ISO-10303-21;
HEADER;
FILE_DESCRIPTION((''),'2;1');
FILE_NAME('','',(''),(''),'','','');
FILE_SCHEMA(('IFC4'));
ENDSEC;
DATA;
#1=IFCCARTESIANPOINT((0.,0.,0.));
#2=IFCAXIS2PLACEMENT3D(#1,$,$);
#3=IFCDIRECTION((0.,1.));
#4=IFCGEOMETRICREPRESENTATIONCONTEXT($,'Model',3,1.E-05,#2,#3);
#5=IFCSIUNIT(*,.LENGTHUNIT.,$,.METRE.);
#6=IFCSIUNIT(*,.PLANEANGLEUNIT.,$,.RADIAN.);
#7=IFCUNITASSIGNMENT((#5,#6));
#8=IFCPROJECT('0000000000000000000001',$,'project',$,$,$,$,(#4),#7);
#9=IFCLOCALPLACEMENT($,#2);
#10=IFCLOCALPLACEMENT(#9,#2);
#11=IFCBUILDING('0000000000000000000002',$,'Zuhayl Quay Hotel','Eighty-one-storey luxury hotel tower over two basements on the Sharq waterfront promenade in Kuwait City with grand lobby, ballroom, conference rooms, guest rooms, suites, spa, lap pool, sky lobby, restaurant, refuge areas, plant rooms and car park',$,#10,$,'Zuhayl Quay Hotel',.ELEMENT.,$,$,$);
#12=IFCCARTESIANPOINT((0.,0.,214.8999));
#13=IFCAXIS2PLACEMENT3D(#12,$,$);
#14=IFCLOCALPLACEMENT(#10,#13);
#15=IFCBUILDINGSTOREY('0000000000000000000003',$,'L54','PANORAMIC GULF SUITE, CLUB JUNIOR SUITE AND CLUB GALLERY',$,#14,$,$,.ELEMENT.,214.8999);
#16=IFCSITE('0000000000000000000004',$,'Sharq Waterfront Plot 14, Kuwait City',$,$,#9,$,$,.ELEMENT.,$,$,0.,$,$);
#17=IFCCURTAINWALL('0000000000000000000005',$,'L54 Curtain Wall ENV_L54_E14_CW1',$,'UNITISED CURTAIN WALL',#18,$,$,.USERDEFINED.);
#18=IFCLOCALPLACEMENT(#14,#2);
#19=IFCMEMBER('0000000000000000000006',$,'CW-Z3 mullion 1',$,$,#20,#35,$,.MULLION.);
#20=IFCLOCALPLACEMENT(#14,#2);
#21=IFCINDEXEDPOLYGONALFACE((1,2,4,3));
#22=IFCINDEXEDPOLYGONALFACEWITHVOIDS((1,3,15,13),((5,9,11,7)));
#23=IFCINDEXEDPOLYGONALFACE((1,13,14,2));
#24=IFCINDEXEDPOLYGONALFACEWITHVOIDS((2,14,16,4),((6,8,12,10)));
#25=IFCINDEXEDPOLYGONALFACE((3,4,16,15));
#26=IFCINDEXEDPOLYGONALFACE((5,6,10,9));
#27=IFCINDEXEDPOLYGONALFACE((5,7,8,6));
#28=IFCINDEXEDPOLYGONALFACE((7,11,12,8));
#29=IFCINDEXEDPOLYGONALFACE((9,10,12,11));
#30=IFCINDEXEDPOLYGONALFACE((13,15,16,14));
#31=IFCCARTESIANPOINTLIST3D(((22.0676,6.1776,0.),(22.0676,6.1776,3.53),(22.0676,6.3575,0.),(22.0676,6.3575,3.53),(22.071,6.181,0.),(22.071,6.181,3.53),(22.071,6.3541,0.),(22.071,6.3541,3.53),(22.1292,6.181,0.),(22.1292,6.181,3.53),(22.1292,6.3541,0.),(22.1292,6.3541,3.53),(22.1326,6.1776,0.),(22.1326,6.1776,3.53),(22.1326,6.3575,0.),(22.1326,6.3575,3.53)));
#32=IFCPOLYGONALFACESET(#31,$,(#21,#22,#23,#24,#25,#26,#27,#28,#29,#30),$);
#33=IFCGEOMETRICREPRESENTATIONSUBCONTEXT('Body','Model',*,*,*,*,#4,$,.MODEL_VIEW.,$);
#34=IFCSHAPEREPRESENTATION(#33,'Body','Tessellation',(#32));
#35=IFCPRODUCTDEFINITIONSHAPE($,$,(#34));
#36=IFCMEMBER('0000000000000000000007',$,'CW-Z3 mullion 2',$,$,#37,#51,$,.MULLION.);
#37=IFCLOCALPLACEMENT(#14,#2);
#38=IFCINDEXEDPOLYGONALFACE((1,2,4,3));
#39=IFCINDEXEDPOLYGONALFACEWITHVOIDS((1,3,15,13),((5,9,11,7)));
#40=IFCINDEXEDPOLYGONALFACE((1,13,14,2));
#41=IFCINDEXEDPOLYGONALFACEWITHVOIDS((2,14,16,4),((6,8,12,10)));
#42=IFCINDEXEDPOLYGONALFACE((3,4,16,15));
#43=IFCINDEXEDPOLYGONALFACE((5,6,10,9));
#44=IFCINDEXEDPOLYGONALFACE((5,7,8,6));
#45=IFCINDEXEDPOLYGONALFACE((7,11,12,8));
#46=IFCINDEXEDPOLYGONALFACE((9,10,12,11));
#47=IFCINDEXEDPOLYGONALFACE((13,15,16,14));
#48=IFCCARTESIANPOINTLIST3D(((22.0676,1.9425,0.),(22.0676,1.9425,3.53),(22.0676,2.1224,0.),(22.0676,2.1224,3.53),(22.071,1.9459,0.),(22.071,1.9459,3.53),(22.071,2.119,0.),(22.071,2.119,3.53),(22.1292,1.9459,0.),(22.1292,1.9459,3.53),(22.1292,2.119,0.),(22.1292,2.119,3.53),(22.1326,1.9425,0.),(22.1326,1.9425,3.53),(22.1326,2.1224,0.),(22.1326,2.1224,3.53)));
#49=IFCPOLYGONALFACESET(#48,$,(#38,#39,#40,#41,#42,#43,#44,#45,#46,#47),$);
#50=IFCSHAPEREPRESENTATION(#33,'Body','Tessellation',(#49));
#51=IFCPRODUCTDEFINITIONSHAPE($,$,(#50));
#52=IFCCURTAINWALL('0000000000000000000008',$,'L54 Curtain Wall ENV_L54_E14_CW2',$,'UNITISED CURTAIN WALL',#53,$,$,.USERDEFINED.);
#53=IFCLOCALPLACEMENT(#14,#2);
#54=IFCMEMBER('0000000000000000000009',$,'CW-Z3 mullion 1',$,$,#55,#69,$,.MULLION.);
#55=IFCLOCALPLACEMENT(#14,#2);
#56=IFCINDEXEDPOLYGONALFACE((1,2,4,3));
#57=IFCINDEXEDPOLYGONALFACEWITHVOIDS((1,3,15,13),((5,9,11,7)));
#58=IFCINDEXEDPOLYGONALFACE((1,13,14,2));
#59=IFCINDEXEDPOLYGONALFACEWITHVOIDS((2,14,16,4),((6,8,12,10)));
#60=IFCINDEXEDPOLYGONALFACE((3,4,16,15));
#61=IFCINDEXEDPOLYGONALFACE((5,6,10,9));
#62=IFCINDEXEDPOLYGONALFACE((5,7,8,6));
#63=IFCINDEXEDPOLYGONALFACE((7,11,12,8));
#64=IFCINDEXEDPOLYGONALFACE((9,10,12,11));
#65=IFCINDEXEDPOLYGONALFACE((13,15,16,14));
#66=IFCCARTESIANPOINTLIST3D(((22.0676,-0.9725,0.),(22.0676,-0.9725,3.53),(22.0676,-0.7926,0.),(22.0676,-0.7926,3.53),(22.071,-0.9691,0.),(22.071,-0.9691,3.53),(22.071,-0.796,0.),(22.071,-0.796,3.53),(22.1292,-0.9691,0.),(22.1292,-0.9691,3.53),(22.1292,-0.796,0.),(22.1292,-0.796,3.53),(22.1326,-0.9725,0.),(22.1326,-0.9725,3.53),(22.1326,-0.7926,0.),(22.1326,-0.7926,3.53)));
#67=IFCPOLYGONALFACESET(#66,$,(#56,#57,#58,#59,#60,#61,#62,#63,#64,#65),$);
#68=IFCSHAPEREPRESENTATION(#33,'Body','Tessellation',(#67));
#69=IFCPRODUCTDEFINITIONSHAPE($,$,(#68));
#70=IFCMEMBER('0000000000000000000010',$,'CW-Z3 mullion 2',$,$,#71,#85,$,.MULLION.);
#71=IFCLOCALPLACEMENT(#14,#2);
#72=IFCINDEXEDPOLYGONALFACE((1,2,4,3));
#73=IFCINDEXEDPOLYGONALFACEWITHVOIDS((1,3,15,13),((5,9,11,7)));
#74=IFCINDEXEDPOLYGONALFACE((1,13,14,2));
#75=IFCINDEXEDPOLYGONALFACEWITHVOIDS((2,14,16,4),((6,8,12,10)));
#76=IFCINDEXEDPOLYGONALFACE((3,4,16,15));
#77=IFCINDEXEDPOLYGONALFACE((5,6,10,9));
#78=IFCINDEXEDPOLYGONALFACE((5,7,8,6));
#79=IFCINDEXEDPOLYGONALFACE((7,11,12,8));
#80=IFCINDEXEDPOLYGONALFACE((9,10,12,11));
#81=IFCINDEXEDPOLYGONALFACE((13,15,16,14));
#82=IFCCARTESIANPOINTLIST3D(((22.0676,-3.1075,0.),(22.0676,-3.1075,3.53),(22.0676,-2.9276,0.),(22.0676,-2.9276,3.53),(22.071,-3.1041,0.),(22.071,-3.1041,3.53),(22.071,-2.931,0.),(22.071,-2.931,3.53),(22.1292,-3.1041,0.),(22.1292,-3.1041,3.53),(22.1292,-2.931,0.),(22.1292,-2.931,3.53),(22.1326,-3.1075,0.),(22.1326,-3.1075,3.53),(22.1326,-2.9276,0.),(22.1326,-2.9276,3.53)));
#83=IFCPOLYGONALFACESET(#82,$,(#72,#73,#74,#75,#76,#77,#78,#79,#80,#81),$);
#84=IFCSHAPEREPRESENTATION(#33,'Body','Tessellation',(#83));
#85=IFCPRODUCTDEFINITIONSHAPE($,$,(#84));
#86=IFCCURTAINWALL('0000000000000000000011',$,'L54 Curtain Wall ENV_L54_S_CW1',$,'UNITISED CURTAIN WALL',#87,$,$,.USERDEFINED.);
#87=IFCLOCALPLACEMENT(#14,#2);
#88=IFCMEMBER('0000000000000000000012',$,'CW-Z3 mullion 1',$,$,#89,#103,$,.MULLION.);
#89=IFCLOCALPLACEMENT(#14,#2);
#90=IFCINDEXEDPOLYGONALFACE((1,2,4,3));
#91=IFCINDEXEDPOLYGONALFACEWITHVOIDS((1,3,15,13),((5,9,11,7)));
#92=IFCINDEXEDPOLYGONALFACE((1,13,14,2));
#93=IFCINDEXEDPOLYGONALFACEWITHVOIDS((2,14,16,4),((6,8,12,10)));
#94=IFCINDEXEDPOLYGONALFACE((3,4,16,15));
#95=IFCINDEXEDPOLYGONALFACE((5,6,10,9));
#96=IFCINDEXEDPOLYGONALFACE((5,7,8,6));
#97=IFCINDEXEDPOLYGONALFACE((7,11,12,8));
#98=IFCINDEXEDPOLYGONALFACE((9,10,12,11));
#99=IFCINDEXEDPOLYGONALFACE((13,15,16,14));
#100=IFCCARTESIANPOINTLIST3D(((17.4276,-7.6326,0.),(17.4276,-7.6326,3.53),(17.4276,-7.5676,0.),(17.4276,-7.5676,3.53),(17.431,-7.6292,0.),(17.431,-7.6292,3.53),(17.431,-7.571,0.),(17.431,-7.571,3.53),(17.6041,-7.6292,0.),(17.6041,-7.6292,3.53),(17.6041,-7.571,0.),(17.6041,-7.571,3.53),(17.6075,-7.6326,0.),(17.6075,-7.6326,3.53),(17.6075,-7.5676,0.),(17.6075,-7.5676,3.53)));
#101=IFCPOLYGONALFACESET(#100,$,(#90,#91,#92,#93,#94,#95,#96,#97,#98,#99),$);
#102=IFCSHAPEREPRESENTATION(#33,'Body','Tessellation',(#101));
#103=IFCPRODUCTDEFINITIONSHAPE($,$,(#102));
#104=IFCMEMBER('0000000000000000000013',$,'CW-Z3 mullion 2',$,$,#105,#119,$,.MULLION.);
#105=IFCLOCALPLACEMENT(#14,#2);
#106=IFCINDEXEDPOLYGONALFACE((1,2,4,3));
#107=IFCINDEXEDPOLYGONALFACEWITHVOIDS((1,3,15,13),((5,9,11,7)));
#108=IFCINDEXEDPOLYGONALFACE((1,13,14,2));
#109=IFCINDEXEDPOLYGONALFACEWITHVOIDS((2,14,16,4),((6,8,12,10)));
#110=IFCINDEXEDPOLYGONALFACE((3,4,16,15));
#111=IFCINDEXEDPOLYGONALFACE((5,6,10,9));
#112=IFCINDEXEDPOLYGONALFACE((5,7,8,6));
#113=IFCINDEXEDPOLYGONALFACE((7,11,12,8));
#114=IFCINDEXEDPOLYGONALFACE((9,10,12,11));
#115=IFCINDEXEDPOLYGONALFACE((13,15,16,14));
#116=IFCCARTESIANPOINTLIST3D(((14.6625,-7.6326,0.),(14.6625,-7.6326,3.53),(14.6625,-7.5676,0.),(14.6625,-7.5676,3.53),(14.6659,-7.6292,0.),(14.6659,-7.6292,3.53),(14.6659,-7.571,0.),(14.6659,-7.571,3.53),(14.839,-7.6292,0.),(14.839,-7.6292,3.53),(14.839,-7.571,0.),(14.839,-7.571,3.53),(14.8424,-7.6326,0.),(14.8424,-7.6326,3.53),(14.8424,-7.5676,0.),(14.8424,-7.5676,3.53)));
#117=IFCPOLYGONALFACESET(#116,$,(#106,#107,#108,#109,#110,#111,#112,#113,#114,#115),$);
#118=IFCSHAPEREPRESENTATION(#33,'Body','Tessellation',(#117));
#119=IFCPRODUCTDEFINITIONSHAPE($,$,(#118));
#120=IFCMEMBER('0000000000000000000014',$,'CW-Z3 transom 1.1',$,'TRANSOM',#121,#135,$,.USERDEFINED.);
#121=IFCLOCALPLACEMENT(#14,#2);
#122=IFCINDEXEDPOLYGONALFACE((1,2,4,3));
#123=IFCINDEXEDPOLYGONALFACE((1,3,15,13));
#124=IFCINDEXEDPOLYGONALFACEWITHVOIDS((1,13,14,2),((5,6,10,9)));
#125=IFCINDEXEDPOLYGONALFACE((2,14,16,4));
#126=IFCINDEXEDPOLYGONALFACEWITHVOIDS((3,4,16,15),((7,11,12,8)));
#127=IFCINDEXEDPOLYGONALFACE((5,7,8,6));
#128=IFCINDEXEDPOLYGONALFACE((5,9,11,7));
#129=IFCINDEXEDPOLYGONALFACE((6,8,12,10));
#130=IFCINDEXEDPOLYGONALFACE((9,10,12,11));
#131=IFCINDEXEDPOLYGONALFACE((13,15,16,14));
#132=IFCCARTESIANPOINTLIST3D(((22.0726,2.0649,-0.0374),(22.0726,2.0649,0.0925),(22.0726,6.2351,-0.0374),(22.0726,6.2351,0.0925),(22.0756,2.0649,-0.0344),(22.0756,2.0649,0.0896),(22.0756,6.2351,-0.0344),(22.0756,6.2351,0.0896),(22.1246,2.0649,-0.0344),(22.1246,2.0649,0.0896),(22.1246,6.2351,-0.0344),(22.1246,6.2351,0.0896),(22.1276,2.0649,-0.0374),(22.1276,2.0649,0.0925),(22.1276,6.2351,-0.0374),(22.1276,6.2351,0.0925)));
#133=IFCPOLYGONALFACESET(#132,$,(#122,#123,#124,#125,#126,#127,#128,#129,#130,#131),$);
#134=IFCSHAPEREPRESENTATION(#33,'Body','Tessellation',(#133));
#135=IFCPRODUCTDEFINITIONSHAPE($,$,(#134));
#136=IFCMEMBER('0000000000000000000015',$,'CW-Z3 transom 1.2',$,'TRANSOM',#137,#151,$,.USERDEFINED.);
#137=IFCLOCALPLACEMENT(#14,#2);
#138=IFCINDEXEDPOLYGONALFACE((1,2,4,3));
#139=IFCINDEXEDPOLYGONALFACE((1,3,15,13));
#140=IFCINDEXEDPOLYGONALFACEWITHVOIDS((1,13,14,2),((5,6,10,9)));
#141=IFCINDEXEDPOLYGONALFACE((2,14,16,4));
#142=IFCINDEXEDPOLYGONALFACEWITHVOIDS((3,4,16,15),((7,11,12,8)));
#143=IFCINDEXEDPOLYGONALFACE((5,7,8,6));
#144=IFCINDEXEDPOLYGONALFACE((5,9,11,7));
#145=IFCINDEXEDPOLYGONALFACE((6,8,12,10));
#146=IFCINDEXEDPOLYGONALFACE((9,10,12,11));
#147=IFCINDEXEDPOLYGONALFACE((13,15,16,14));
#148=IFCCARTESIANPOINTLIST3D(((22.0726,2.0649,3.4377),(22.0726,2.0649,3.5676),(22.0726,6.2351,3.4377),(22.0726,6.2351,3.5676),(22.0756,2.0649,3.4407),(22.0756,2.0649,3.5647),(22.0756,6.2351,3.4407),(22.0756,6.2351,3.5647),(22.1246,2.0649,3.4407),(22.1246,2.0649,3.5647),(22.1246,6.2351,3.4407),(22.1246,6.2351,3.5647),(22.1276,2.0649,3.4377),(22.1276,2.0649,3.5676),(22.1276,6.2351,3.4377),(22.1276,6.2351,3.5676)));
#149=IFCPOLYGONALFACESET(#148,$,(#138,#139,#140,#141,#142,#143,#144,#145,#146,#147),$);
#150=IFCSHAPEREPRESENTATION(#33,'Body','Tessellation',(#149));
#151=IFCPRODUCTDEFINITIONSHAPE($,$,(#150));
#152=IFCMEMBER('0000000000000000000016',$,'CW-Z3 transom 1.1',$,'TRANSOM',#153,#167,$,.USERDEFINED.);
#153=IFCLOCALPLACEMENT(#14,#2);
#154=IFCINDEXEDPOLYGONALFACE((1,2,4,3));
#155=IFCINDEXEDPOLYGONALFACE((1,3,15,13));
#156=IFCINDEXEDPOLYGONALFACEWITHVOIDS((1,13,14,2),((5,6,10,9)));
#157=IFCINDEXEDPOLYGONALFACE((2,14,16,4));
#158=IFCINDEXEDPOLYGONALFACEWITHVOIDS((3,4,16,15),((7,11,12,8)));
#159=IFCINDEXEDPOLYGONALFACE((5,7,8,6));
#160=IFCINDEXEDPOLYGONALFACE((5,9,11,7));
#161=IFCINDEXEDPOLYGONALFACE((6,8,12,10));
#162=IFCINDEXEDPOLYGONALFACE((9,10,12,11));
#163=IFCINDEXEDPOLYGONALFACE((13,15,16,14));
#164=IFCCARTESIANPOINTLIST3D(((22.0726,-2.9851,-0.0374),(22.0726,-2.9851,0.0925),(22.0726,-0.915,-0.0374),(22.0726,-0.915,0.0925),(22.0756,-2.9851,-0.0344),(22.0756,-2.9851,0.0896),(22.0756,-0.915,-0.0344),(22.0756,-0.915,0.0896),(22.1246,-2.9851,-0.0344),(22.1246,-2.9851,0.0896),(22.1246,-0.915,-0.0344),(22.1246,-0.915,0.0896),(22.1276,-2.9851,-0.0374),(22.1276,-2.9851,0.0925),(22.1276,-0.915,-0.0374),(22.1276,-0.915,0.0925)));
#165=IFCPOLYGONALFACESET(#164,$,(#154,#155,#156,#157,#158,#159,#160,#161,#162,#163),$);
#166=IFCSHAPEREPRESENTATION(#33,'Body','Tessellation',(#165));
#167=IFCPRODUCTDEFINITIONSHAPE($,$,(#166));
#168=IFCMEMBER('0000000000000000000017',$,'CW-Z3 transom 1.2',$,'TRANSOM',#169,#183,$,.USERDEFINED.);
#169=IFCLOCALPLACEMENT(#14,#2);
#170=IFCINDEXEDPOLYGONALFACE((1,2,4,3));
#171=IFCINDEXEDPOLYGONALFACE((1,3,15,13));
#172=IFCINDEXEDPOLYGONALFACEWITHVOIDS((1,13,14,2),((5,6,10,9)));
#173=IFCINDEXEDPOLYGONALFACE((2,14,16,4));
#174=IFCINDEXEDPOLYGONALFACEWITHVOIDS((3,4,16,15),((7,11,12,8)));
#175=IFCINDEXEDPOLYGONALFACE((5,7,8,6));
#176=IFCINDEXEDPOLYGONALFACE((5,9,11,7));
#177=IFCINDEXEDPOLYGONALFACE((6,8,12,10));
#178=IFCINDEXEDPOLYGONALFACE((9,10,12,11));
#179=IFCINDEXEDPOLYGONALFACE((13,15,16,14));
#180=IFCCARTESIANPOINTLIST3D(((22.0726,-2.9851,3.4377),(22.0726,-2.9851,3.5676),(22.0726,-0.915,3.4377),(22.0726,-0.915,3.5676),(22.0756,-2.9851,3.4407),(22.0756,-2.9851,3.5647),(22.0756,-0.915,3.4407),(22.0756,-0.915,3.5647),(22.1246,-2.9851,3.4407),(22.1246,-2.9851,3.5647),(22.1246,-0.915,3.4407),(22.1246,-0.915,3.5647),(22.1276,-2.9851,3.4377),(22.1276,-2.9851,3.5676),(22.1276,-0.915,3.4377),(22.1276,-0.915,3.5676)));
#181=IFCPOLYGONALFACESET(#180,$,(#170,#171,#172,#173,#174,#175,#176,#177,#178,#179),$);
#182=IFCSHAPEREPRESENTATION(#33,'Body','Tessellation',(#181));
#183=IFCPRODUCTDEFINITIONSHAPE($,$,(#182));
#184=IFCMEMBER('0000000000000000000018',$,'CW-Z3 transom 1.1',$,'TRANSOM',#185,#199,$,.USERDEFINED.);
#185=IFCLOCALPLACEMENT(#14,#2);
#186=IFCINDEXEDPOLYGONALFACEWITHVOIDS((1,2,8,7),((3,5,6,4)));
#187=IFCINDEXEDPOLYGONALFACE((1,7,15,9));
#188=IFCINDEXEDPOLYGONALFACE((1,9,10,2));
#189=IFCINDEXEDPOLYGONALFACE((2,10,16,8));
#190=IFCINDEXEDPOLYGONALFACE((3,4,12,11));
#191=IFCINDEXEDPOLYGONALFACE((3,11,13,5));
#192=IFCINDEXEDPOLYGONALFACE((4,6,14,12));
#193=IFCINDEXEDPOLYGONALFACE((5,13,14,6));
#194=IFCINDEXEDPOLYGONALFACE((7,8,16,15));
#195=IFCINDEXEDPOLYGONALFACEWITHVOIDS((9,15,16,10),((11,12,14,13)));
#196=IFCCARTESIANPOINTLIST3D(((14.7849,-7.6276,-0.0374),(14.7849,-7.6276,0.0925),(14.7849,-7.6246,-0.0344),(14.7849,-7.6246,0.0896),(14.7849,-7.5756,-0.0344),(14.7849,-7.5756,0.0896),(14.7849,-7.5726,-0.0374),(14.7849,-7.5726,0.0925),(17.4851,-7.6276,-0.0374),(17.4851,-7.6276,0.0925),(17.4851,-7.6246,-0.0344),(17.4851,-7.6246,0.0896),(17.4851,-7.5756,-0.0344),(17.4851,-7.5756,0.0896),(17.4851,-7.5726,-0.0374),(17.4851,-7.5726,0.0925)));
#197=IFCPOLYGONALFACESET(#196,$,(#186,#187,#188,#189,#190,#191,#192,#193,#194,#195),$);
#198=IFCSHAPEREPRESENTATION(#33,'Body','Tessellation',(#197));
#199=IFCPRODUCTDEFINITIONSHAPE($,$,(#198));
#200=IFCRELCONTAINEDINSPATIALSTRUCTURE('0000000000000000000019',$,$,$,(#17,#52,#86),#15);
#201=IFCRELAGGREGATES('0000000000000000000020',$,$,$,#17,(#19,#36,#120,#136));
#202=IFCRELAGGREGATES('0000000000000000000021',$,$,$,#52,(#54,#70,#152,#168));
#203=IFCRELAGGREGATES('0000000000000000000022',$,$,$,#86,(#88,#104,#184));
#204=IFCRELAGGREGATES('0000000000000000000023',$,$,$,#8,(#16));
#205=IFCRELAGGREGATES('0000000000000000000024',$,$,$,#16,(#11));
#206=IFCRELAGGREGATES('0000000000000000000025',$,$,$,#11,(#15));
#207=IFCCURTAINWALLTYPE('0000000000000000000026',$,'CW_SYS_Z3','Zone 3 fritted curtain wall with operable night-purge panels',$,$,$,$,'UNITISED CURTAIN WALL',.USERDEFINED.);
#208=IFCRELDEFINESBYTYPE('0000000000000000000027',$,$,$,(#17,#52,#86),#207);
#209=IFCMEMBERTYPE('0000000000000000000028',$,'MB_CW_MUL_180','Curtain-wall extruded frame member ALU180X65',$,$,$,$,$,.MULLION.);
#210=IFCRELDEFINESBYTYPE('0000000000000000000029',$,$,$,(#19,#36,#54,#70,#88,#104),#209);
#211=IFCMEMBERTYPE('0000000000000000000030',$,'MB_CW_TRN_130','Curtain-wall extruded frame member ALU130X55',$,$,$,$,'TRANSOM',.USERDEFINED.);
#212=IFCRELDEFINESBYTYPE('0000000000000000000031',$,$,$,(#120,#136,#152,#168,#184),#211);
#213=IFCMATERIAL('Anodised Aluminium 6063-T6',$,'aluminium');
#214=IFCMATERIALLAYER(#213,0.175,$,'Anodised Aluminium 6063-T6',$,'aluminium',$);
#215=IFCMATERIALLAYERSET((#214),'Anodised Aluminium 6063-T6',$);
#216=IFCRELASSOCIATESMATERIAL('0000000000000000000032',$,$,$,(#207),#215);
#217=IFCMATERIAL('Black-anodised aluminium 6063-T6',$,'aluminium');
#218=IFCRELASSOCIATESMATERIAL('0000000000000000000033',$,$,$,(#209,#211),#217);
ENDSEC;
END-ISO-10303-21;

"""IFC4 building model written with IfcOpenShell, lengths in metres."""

from ifc_helpers import new_model, si_unit, direction, frame, origin, origin_2d, place, context, subcontext, project, spatial, hollow_rectangle, extrude, material, layer, layer_set, material_profile, profile_set, type_object, element, aggregate, save


model = new_model("IFC4")

# Units and contexts
model_context = context("Model", 3, precision=1e-05, world=origin(), true_north=direction((0.0, 1.0)))
body_context = subcontext(model_context, "Body", "Model", "MODEL_VIEW")
ifc_project = project(units=[si_unit("LENGTHUNIT", "METRE"), si_unit("PLANEANGLEUNIT", "RADIAN")], contexts=[model_context])

# Site, building, storey
site_placement = place(None, origin())
site = spatial("IfcSite", under=ifc_project, at=site_placement, Name="Sharq Waterfront Plot 14, Kuwait City", CompositionType="ELEMENT", RefElevation=0.0)
building_placement = place(site_placement, origin())
building = spatial("IfcBuilding", under=site, at=building_placement, Name="Zuhayl Quay Hotel", Description="Eighty-one-storey luxury hotel tower over two basements on the Sharq waterfront promenade in Kuwait City with grand lobby, ballroom, conference rooms, guest rooms, suites, spa, lap pool, sky lobby, restaurant, refuge areas, plant rooms and car park", LongName="Zuhayl Quay Hotel", CompositionType="ELEMENT")
storey_placement = place(building_placement, frame((0.0, 0.0, 214.8999)))
storey = spatial("IfcBuildingStorey", under=building, at=storey_placement, Name="L54", Description="PANORAMIC GULF SUITE, CLUB JUNIOR SUITE AND CLUB GALLERY", CompositionType="ELEMENT", Elevation=214.8999)

# Curtain walls, members
ifc_material_1 = material(Name="Anodised Aluminium 6063-T6", Category="aluminium")
ifc_layer_1 = layer(ifc_material_1, 0.175, Name="Anodised Aluminium 6063-T6", Category="aluminium")
ifc_layer_set_1 = layer_set([ifc_layer_1], Name="Anodised Aluminium 6063-T6")
curtain_wall_type = type_object("IfcCurtainWallType", Name="CW_SYS_Z3", Description="Zone 3 fritted curtain wall with operable night-purge panels", ElementType="UNITISED CURTAIN WALL", PredefinedType="USERDEFINED", material=ifc_layer_set_1)
curtain_wall_1_placement = place(storey_placement, origin())
curtain_wall_1 = element("IfcCurtainWall", 1, at=curtain_wall_1_placement, inside=storey, type_object=curtain_wall_type, Name="L54 Curtain Wall ENV_L54_E14_CW1", ObjectType="UNITISED CURTAIN WALL", PredefinedType="USERDEFINED")
ifc_material_2 = material(Name="Black-anodised aluminium 6063-T6", Category="aluminium")
ifc_material_profile_1 = material_profile(ifc_material_2, hollow_rectangle(XDim=0.0649, YDim=0.1799, WallThickness=0.0034, at=origin_2d()), Name="ALU180X65")
ifc_profile_set_1 = profile_set([ifc_material_profile_1], Name="Black-anodised aluminium 6063-T6")
member_type_1 = type_object("IfcMemberType", Name="MB_CW_MUL_180", Description="Curtain-wall extruded frame member ALU180X65", PredefinedType="MULLION", material=ifc_profile_set_1)
member_1_placement = place(storey_placement, frame((22.1001, 6.2676, 0.0), z_axis=(0.0, 0.0, 1.0), x_axis=(1.0, 0.0, 0.0)))
member_1 = element("IfcMember", 2, at=member_1_placement, type_object=member_type_1, Name="CW-Z3 mullion 1", PredefinedType="MULLION", context=body_context, shape_type="SweptSolid", body=[
    extrude(hollow_rectangle(XDim=0.0649, YDim=0.1799, WallThickness=0.0034, at=origin_2d()), origin(), (0.0, 0.0, 1.0), 3.53),
])
member_2_placement = place(storey_placement, frame((22.1001, 2.0325, 0.0), z_axis=(0.0, 0.0, 1.0), x_axis=(1.0, 0.0, 0.0)))
member_2 = element("IfcMember", 3, at=member_2_placement, type_object=member_type_1, Name="CW-Z3 mullion 2", PredefinedType="MULLION", context=body_context, shape_type="SweptSolid", body=[
    extrude(hollow_rectangle(XDim=0.0649, YDim=0.1799, WallThickness=0.0034, at=origin_2d()), origin(), (0.0, 0.0, 1.0), 3.53),
])
curtain_wall_2_placement = place(storey_placement, origin())
curtain_wall_2 = element("IfcCurtainWall", 4, at=curtain_wall_2_placement, inside=storey, type_object=curtain_wall_type, Name="L54 Curtain Wall ENV_L54_E14_CW2", ObjectType="UNITISED CURTAIN WALL", PredefinedType="USERDEFINED")
member_3_placement = place(storey_placement, frame((22.1001, -0.8826, 0.0), z_axis=(0.0, 0.0, 1.0), x_axis=(1.0, 0.0, 0.0)))
member_3 = element("IfcMember", 5, at=member_3_placement, type_object=member_type_1, Name="CW-Z3 mullion 1", PredefinedType="MULLION", context=body_context, shape_type="SweptSolid", body=[
    extrude(hollow_rectangle(XDim=0.0649, YDim=0.1799, WallThickness=0.0034, at=origin_2d()), origin(), (0.0, 0.0, 1.0), 3.53),
])
member_4_placement = place(storey_placement, frame((22.1001, -3.0176, 0.0), z_axis=(0.0, 0.0, 1.0), x_axis=(1.0, 0.0, 0.0)))
member_4 = element("IfcMember", 6, at=member_4_placement, type_object=member_type_1, Name="CW-Z3 mullion 2", PredefinedType="MULLION", context=body_context, shape_type="SweptSolid", body=[
    extrude(hollow_rectangle(XDim=0.0649, YDim=0.1799, WallThickness=0.0034, at=origin_2d()), origin(), (0.0, 0.0, 1.0), 3.53),
])
curtain_wall_3_placement = place(storey_placement, origin())
curtain_wall_3 = element("IfcCurtainWall", 7, at=curtain_wall_3_placement, inside=storey, type_object=curtain_wall_type, Name="L54 Curtain Wall ENV_L54_S_CW1", ObjectType="UNITISED CURTAIN WALL", PredefinedType="USERDEFINED")
member_5_placement = place(storey_placement, frame((17.5176, -7.6001, 0.0), z_axis=(0.0, 0.0, 1.0), x_axis=(0.0, -1.0, 0.0)))
member_5 = element("IfcMember", 8, at=member_5_placement, type_object=member_type_1, Name="CW-Z3 mullion 1", PredefinedType="MULLION", context=body_context, shape_type="SweptSolid", body=[
    extrude(hollow_rectangle(XDim=0.0649, YDim=0.1799, WallThickness=0.0034, at=origin_2d()), origin(), (0.0, 0.0, 1.0), 3.53),
])
member_6_placement = place(storey_placement, frame((14.7524, -7.6001, 0.0), z_axis=(0.0, 0.0, 1.0), x_axis=(0.0, -1.0, 0.0)))
member_6 = element("IfcMember", 9, at=member_6_placement, type_object=member_type_1, Name="CW-Z3 mullion 2", PredefinedType="MULLION", context=body_context, shape_type="SweptSolid", body=[
    extrude(hollow_rectangle(XDim=0.0649, YDim=0.1799, WallThickness=0.0034, at=origin_2d()), origin(), (0.0, 0.0, 1.0), 3.53),
])

# Members
ifc_material_profile_2 = material_profile(ifc_material_2, hollow_rectangle(XDim=0.0549, YDim=0.1299, WallThickness=0.0029, at=origin_2d()), Name="ALU130X55")
ifc_profile_set_2 = profile_set([ifc_material_profile_2], Name="Black-anodised aluminium 6063-T6")
member_type_2 = type_object("IfcMemberType", Name="MB_CW_TRN_130", Description="Curtain-wall extruded frame member ALU130X55", ElementType="TRANSOM", PredefinedType="USERDEFINED", material=ifc_profile_set_2)
member_7_placement = place(storey_placement, frame((22.1001, 6.2351, 0.0276), z_axis=(0.0, -1.0, 0.0), x_axis=(1.0, 0.0, 0.0)))
member_7 = element("IfcMember", 10, at=member_7_placement, type_object=member_type_2, Name="CW-Z3 transom 1.1", ObjectType="TRANSOM", PredefinedType="USERDEFINED", context=body_context, shape_type="SweptSolid", body=[
    extrude(hollow_rectangle(XDim=0.0549, YDim=0.1299, WallThickness=0.0029, at=origin_2d()), origin(), (0.0, 0.0, 1.0), 4.1702),
])
member_8_placement = place(storey_placement, frame((22.1001, 6.2351, 3.5027), z_axis=(0.0, -1.0, 0.0), x_axis=(1.0, 0.0, 0.0)))
member_8 = element("IfcMember", 11, at=member_8_placement, type_object=member_type_2, Name="CW-Z3 transom 1.2", ObjectType="TRANSOM", PredefinedType="USERDEFINED", context=body_context, shape_type="SweptSolid", body=[
    extrude(hollow_rectangle(XDim=0.0549, YDim=0.1299, WallThickness=0.0029, at=origin_2d()), origin(), (0.0, 0.0, 1.0), 4.1702),
])
member_9_placement = place(storey_placement, frame((22.1001, -0.915, 0.0276), z_axis=(0.0, -1.0, 0.0), x_axis=(1.0, 0.0, 0.0)))
member_9 = element("IfcMember", 12, at=member_9_placement, type_object=member_type_2, Name="CW-Z3 transom 1.1", ObjectType="TRANSOM", PredefinedType="USERDEFINED", context=body_context, shape_type="SweptSolid", body=[
    extrude(hollow_rectangle(XDim=0.0549, YDim=0.1299, WallThickness=0.0029, at=origin_2d()), origin(), (0.0, 0.0, 1.0), 2.0701),
])
member_10_placement = place(storey_placement, frame((22.1001, -0.915, 3.5027), z_axis=(0.0, -1.0, 0.0), x_axis=(1.0, 0.0, 0.0)))
member_10 = element("IfcMember", 13, at=member_10_placement, type_object=member_type_2, Name="CW-Z3 transom 1.2", ObjectType="TRANSOM", PredefinedType="USERDEFINED", context=body_context, shape_type="SweptSolid", body=[
    extrude(hollow_rectangle(XDim=0.0549, YDim=0.1299, WallThickness=0.0029, at=origin_2d()), origin(), (0.0, 0.0, 1.0), 2.0701),
])
member_11_placement = place(storey_placement, frame((17.4851, -7.6001, 0.0276), z_axis=(-1.0, 0.0, 0.0), x_axis=(0.0, -1.0, 0.0)))
member_11 = element("IfcMember", 14, at=member_11_placement, type_object=member_type_2, Name="CW-Z3 transom 1.1", ObjectType="TRANSOM", PredefinedType="USERDEFINED", context=body_context, shape_type="SweptSolid", body=[
    extrude(hollow_rectangle(XDim=0.0549, YDim=0.1299, WallThickness=0.0029, at=origin_2d()), origin(), (0.0, 0.0, 1.0), 2.7002),
])

aggregate(curtain_wall_1, [member_1, member_2, member_7, member_8])
aggregate(curtain_wall_2, [member_3, member_4, member_9, member_10])
aggregate(curtain_wall_3, [member_5, member_6, member_11])

save(model, "model.ifc")
